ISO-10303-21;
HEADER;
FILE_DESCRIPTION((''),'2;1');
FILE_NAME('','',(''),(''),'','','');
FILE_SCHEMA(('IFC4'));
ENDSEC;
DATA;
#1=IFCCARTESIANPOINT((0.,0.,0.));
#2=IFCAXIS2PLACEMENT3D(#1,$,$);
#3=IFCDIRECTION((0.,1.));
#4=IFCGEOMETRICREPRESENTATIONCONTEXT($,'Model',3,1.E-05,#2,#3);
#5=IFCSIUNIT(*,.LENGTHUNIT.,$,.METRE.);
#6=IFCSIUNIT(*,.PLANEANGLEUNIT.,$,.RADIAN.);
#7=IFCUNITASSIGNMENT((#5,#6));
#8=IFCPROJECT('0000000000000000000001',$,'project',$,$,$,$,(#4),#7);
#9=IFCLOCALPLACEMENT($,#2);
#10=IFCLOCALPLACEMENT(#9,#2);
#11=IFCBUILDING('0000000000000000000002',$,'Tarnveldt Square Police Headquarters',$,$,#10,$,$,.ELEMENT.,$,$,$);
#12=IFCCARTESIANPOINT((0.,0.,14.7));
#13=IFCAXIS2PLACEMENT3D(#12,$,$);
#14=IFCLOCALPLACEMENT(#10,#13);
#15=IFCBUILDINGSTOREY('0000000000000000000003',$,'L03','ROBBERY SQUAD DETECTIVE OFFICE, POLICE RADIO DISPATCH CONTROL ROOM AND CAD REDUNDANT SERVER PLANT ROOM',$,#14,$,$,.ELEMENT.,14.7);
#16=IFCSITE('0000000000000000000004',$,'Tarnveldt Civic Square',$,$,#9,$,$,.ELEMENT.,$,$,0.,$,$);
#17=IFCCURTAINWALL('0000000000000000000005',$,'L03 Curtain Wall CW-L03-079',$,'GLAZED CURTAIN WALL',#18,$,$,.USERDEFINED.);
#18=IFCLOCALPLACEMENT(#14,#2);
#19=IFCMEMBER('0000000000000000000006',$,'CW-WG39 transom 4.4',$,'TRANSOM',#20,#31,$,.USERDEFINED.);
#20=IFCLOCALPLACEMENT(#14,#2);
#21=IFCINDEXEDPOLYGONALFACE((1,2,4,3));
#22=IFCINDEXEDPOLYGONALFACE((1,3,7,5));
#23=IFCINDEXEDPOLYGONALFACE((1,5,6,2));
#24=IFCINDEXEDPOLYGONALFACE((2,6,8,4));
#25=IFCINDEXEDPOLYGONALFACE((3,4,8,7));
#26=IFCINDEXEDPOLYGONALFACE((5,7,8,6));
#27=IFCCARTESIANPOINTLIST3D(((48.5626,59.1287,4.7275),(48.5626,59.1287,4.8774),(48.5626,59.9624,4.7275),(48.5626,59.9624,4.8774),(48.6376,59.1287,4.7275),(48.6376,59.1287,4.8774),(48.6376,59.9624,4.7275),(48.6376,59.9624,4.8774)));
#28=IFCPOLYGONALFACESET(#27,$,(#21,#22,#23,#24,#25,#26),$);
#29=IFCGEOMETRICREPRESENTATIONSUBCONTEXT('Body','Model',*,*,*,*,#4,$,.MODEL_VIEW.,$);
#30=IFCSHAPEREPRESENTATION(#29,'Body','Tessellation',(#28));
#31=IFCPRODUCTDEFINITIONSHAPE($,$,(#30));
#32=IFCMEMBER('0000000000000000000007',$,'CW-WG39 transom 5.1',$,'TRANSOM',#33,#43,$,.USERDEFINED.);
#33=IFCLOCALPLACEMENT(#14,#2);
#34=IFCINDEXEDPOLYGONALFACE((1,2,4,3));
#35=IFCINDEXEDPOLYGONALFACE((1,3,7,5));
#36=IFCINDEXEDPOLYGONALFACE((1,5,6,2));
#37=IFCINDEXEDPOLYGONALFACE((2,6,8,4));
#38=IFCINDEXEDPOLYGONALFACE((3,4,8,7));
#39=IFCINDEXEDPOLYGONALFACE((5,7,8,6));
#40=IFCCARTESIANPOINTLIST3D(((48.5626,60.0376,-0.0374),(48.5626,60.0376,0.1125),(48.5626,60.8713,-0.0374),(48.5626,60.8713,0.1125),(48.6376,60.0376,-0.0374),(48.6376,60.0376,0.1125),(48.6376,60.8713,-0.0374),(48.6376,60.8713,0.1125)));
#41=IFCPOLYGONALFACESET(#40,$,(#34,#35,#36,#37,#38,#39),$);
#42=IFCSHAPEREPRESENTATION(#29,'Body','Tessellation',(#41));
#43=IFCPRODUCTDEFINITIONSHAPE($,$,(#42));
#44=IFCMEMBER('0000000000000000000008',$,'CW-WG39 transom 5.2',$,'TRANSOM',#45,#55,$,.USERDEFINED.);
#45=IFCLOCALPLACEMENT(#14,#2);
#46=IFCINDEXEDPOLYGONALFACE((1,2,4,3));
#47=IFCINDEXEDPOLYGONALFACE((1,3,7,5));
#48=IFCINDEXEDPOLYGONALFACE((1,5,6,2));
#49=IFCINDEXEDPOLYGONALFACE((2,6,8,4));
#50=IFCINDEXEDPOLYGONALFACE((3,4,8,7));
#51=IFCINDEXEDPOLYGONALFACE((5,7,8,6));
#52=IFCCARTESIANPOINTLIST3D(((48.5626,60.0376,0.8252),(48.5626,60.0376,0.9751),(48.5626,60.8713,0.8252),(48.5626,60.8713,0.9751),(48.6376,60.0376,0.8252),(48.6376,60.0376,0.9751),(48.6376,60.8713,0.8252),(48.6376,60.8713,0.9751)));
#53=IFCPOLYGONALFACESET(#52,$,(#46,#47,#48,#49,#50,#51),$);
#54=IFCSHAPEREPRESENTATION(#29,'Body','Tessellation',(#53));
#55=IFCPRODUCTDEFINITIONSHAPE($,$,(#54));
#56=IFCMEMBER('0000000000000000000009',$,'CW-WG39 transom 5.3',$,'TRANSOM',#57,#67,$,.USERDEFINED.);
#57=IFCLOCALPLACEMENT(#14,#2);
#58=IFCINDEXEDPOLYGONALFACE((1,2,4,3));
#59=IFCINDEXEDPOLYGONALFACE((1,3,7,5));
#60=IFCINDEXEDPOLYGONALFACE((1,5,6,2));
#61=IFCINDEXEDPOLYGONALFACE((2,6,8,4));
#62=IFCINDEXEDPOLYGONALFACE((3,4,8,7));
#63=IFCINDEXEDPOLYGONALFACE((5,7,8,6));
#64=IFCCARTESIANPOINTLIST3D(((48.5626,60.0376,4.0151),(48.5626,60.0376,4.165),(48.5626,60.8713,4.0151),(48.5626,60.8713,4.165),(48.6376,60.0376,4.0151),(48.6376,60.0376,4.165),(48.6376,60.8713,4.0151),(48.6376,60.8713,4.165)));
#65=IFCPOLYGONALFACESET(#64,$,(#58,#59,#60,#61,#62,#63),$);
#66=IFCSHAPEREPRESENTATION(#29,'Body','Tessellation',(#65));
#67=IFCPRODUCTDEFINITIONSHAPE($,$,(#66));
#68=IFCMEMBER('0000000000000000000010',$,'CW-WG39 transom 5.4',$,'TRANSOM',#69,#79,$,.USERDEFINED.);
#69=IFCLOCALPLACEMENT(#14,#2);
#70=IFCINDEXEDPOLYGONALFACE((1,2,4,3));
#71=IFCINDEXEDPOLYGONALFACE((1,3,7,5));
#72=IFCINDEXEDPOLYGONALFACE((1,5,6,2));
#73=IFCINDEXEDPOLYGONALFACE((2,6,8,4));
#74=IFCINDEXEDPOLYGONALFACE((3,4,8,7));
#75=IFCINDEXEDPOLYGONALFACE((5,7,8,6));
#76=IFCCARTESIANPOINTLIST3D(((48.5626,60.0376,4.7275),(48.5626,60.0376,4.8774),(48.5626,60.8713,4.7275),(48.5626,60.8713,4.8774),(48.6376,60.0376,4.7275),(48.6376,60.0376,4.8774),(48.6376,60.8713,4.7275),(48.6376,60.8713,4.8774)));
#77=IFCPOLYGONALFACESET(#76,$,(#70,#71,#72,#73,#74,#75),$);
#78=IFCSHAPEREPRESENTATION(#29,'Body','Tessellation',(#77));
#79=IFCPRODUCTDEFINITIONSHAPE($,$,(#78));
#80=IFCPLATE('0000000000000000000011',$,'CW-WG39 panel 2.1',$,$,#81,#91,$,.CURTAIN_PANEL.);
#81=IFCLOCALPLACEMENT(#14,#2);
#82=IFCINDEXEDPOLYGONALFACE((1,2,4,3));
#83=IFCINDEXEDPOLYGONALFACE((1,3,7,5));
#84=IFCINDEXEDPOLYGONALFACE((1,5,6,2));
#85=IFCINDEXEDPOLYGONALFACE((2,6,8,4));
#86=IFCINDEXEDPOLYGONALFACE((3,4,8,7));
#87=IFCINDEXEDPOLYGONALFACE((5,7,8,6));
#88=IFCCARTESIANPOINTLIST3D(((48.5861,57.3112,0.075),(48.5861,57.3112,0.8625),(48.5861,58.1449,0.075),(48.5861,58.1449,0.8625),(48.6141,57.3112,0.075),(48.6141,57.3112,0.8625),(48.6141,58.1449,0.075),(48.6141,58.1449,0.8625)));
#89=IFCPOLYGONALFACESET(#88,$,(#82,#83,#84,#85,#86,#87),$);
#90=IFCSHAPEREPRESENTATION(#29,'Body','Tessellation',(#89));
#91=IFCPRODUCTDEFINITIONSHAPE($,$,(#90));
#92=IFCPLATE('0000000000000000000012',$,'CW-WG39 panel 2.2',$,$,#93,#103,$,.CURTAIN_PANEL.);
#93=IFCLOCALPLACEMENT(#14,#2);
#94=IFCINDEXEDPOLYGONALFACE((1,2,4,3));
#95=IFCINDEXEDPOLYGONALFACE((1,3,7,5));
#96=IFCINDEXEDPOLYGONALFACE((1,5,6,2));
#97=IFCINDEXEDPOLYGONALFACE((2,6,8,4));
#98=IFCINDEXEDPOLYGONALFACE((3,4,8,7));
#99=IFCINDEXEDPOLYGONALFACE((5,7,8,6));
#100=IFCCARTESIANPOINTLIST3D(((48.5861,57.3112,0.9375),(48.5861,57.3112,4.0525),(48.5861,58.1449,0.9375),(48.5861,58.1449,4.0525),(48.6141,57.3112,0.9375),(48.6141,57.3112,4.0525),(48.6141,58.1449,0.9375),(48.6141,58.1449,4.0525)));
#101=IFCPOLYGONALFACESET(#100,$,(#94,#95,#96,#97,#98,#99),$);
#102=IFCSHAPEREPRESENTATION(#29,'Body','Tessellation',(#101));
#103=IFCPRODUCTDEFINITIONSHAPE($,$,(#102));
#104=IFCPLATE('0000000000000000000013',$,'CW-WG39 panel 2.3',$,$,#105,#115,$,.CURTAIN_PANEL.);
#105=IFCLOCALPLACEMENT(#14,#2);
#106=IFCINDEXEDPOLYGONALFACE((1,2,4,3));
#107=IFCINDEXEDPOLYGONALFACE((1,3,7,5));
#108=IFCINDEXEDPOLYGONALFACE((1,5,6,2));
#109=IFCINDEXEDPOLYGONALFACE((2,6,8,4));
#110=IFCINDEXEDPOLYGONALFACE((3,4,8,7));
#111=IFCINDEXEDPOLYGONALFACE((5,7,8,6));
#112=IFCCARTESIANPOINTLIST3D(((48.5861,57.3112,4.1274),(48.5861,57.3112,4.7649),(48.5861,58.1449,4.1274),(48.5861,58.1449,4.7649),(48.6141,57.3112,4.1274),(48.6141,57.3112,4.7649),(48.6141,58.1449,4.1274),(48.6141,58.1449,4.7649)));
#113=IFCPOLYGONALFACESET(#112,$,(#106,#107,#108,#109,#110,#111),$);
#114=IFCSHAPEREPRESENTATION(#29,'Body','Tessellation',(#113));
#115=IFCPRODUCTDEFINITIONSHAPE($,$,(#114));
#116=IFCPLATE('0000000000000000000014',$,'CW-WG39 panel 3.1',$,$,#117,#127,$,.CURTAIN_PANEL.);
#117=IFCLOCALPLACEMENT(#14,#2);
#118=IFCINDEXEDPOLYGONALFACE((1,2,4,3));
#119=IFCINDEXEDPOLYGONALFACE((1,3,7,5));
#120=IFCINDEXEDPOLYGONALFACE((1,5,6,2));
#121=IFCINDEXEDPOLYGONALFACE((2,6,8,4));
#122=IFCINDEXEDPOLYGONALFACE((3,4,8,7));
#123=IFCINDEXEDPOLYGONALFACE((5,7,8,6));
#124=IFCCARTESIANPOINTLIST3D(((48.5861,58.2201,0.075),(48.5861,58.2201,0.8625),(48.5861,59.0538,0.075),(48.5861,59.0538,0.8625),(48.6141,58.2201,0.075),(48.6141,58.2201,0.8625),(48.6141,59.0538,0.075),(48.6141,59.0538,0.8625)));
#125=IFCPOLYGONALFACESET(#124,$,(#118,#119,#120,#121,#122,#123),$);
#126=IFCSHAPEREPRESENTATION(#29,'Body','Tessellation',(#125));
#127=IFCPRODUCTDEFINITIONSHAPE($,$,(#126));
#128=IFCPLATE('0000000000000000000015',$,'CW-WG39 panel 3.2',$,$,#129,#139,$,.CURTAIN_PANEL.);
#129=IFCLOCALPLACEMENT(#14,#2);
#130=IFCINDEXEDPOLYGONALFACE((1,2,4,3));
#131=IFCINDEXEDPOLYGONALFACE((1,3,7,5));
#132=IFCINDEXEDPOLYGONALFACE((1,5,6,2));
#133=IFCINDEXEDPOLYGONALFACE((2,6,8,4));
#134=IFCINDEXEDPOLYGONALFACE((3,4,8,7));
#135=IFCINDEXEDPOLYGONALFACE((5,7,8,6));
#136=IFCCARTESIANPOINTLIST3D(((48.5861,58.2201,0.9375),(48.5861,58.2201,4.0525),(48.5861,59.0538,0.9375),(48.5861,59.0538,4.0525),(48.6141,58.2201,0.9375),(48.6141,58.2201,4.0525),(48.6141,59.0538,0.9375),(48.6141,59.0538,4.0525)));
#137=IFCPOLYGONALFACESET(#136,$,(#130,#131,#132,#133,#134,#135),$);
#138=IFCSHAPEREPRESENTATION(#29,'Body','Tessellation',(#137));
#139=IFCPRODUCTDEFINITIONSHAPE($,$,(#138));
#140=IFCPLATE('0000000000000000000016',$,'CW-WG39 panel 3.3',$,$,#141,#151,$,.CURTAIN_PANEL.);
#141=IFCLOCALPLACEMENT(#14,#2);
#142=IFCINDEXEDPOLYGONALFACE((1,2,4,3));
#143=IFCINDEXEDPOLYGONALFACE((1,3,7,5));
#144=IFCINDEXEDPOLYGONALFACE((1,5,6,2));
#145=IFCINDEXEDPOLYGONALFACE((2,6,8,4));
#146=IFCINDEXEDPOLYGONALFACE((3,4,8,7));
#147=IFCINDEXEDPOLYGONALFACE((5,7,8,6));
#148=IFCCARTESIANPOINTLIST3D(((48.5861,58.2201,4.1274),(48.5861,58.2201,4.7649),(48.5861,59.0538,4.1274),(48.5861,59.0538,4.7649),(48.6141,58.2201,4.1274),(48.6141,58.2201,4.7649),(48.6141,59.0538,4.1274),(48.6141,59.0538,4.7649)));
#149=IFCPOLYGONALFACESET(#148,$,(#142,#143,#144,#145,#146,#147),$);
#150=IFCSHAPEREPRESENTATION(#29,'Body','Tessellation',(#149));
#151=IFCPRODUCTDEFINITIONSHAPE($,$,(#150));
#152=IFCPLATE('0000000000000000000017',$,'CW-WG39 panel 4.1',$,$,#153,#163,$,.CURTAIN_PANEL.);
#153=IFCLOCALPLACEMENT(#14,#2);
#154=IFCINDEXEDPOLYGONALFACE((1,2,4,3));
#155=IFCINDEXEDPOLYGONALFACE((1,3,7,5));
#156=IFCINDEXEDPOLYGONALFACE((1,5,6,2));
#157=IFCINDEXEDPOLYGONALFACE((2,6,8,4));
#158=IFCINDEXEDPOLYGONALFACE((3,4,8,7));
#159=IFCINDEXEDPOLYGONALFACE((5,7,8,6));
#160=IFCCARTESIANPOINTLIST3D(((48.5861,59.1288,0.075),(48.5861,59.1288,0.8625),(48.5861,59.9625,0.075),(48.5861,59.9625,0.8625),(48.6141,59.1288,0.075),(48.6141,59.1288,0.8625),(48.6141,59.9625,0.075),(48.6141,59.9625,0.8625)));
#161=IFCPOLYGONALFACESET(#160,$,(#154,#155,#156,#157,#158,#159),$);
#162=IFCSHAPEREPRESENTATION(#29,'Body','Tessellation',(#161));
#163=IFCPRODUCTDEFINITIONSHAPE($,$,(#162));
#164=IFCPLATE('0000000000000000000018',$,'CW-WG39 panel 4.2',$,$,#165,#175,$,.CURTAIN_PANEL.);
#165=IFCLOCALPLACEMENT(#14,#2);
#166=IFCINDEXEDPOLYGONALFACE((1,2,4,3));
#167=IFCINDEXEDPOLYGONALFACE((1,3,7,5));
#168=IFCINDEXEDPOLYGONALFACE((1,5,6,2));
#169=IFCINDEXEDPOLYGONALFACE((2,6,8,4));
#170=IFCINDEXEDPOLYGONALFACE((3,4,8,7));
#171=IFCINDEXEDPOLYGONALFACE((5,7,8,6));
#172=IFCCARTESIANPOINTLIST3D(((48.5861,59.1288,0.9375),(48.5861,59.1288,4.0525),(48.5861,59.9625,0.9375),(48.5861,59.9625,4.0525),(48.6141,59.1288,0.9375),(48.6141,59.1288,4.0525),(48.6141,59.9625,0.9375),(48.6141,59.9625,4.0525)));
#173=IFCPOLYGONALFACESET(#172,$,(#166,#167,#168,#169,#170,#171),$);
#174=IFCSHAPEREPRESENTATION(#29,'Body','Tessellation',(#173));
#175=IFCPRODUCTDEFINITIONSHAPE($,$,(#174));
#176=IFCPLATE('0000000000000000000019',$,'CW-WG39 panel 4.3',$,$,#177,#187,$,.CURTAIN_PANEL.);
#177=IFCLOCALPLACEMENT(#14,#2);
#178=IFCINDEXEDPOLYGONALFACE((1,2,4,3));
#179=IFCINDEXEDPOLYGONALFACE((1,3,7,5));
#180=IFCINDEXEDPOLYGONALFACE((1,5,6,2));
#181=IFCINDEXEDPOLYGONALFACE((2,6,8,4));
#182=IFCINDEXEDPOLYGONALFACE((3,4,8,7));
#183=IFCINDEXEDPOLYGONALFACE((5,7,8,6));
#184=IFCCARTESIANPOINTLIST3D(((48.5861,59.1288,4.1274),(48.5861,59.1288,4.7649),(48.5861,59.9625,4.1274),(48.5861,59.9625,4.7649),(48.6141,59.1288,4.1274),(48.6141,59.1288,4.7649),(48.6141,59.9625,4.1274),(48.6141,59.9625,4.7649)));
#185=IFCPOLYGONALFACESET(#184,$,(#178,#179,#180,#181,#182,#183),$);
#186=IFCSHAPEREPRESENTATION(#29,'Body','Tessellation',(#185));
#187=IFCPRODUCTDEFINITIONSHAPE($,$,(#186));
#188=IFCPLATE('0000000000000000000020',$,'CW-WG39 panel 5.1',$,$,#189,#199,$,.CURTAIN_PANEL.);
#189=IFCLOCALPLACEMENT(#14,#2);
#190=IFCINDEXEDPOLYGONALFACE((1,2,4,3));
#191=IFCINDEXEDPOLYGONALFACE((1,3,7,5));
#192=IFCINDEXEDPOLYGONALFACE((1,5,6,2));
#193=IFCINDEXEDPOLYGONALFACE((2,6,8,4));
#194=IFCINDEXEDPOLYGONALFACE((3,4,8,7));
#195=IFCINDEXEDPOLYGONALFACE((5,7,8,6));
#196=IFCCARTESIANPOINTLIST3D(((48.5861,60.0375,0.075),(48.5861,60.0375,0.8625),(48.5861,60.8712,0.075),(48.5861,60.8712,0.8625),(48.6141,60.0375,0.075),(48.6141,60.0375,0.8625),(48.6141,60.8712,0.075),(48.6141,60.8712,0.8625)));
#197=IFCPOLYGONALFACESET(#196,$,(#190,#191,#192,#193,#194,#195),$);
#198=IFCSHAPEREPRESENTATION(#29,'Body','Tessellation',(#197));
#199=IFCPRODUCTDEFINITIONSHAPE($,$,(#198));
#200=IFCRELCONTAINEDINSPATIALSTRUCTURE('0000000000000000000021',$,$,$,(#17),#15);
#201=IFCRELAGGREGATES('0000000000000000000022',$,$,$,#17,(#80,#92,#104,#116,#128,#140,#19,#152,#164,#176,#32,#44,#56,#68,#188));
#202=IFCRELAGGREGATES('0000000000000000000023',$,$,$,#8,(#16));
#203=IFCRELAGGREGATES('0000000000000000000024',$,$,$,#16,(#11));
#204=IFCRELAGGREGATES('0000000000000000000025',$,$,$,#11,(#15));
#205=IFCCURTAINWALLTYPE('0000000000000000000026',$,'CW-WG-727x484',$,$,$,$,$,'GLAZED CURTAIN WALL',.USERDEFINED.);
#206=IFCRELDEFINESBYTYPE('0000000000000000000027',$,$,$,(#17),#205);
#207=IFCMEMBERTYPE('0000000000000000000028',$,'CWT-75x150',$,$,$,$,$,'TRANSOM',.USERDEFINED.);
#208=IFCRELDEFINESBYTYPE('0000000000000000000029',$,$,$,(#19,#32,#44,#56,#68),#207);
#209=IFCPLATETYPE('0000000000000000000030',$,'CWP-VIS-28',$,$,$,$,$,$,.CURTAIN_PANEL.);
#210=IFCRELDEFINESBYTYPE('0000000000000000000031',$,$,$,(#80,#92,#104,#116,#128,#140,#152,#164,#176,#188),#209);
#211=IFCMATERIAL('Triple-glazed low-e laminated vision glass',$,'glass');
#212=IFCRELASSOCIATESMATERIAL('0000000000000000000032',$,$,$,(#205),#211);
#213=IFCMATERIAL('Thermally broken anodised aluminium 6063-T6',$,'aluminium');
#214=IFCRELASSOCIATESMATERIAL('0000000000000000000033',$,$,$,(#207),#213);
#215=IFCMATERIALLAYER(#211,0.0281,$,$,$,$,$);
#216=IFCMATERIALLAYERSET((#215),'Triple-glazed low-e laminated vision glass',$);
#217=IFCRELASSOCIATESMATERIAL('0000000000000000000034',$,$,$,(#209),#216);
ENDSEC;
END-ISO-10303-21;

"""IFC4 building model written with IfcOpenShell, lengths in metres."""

from ifc_helpers import new_model, si_unit, direction, frame, origin, origin_2d, place, context, subcontext, project, spatial, rectangle, extrude, material, layer, layer_set, material_profile, profile_set, type_object, element, aggregate, save


model = new_model("IFC4")

# Units and contexts
model_context = context("Model", 3, precision=1e-05, world=origin(), true_north=direction((0.0, 1.0)))
body_context = subcontext(model_context, "Body", "Model", "MODEL_VIEW")
ifc_project = project(units=[si_unit("LENGTHUNIT", "METRE"), si_unit("PLANEANGLEUNIT", "RADIAN")], contexts=[model_context])

# Site, building, storey
site_placement = place(None, origin())
site = spatial("IfcSite", under=ifc_project, at=site_placement, Name="Tarnveldt Civic Square", CompositionType="ELEMENT", RefElevation=0.0)
building_placement = place(site_placement, origin())
building = spatial("IfcBuilding", under=site, at=building_placement, Name="Tarnveldt Square Police Headquarters", CompositionType="ELEMENT")
storey_placement = place(building_placement, frame((0.0, 0.0, 14.7)))
storey = spatial("IfcBuildingStorey", under=building, at=storey_placement, Name="L03", Description="ROBBERY SQUAD DETECTIVE OFFICE, POLICE RADIO DISPATCH CONTROL ROOM AND CAD REDUNDANT SERVER PLANT ROOM", CompositionType="ELEMENT", Elevation=14.7)

# Curtain wall, members, plates
ifc_material_1 = material(Name="Triple-glazed low-e laminated vision glass", Category="glass")
curtain_wall_type = type_object("IfcCurtainWallType", Name="CW-WG-727x484", ElementType="GLAZED CURTAIN WALL", PredefinedType="USERDEFINED", material=ifc_material_1)
curtain_wall_placement = place(storey_placement, origin())
curtain_wall = element("IfcCurtainWall", 1, at=curtain_wall_placement, inside=storey, type_object=curtain_wall_type, Name="L03 Curtain Wall CW-L03-079", ObjectType="GLAZED CURTAIN WALL", PredefinedType="USERDEFINED")
ifc_material_2 = material(Name="Thermally broken anodised aluminium 6063-T6", Category="aluminium")
ifc_material_profile_1 = material_profile(ifc_material_2, rectangle(XDim=0.075, YDim=0.1499, at=origin_2d()), Name="CW-T75x150")
ifc_profile_set_1 = profile_set([ifc_material_profile_1], Name="Thermally broken anodised aluminium 6063-T6")
member_type_1 = type_object("IfcMemberType", Name="CWT-75x150", ElementType="TRANSOM", PredefinedType="USERDEFINED", material=ifc_profile_set_1)
member_1_placement = place(storey_placement, frame((48.6001, 59.1287, 4.8025), z_axis=(0.0, 1.0, 0.0), x_axis=(-1.0, 0.0, 0.0)))
member_1 = element("IfcMember", 2, at=member_1_placement, type_object=member_type_1, Name="CW-WG39 transom 4.4", ObjectType="TRANSOM", PredefinedType="USERDEFINED", context=body_context, shape_type="SweptSolid", body=[
    extrude(rectangle(XDim=0.075, YDim=0.1499, at=origin_2d()), origin(), (0.0, 0.0, 1.0), 0.8337),
])
member_2_placement = place(storey_placement, frame((48.6001, 60.0376, 0.0376), z_axis=(0.0, 1.0, 0.0), x_axis=(-1.0, 0.0, 0.0)))
member_2 = element("IfcMember", 3, at=member_2_placement, type_object=member_type_1, Name="CW-WG39 transom 5.1", ObjectType="TRANSOM", PredefinedType="USERDEFINED", context=body_context, shape_type="SweptSolid", body=[
    extrude(rectangle(XDim=0.075, YDim=0.1499, at=origin_2d()), origin(), (0.0, 0.0, 1.0), 0.8337),
])
member_3_placement = place(storey_placement, frame((48.6001, 60.0376, 0.9001), z_axis=(0.0, 1.0, 0.0), x_axis=(-1.0, 0.0, 0.0)))
member_3 = element("IfcMember", 4, at=member_3_placement, type_object=member_type_1, Name="CW-WG39 transom 5.2", ObjectType="TRANSOM", PredefinedType="USERDEFINED", context=body_context, shape_type="SweptSolid", body=[
    extrude(rectangle(XDim=0.075, YDim=0.1499, at=origin_2d()), origin(), (0.0, 0.0, 1.0), 0.8337),
])
member_4_placement = place(storey_placement, frame((48.6001, 60.0376, 4.0901), z_axis=(0.0, 1.0, 0.0), x_axis=(-1.0, 0.0, 0.0)))
member_4 = element("IfcMember", 5, at=member_4_placement, type_object=member_type_1, Name="CW-WG39 transom 5.3", ObjectType="TRANSOM", PredefinedType="USERDEFINED", context=body_context, shape_type="SweptSolid", body=[
    extrude(rectangle(XDim=0.075, YDim=0.1499, at=origin_2d()), origin(), (0.0, 0.0, 1.0), 0.8337),
])
member_5_placement = place(storey_placement, frame((48.6001, 60.0376, 4.8025), z_axis=(0.0, 1.0, 0.0), x_axis=(-1.0, 0.0, 0.0)))
member_5 = element("IfcMember", 6, at=member_5_placement, type_object=member_type_1, Name="CW-WG39 transom 5.4", ObjectType="TRANSOM", PredefinedType="USERDEFINED", context=body_context, shape_type="SweptSolid", body=[
    extrude(rectangle(XDim=0.075, YDim=0.1499, at=origin_2d()), origin(), (0.0, 0.0, 1.0), 0.8337),
])
ifc_layer = layer(ifc_material_1, 0.0281)
ifc_layer_set = layer_set([ifc_layer], Name="Triple-glazed low-e laminated vision glass")
plate_type = type_object("IfcPlateType", Name="CWP-VIS-28", PredefinedType="CURTAIN_PANEL", material=ifc_layer_set)
plate_1_placement = place(storey_placement, frame((48.6001, 57.728, 0.075), z_axis=(0.0, 0.0, 1.0), x_axis=(0.0, 1.0, 0.0)))
plate_1 = element("IfcPlate", 7, at=plate_1_placement, type_object=plate_type, Name="CW-WG39 panel 2.1", PredefinedType="CURTAIN_PANEL", context=body_context, shape_type="SweptSolid", body=[
    extrude(rectangle(XDim=0.8337, YDim=0.0281, at=origin_2d()), origin(), (0.0, 0.0, 1.0), 0.7876),
])
plate_2_placement = place(storey_placement, frame((48.6001, 57.728, 0.9375), z_axis=(0.0, 0.0, 1.0), x_axis=(0.0, 1.0, 0.0)))
plate_2 = element("IfcPlate", 8, at=plate_2_placement, type_object=plate_type, Name="CW-WG39 panel 2.2", PredefinedType="CURTAIN_PANEL", context=body_context, shape_type="SweptSolid", body=[
    extrude(rectangle(XDim=0.8337, YDim=0.0281, at=origin_2d()), origin(), (0.0, 0.0, 1.0), 3.115),
])
plate_3_placement = place(storey_placement, frame((48.6001, 57.728, 4.1274), z_axis=(0.0, 0.0, 1.0), x_axis=(0.0, 1.0, 0.0)))
plate_3 = element("IfcPlate", 9, at=plate_3_placement, type_object=plate_type, Name="CW-WG39 panel 2.3", PredefinedType="CURTAIN_PANEL", context=body_context, shape_type="SweptSolid", body=[
    extrude(rectangle(XDim=0.8337, YDim=0.0281, at=origin_2d()), origin(), (0.0, 0.0, 1.0), 0.6375),
])
plate_4_placement = place(storey_placement, frame((48.6001, 58.637, 0.075), z_axis=(0.0, 0.0, 1.0), x_axis=(0.0, 1.0, 0.0)))
plate_4 = element("IfcPlate", 10, at=plate_4_placement, type_object=plate_type, Name="CW-WG39 panel 3.1", PredefinedType="CURTAIN_PANEL", context=body_context, shape_type="SweptSolid", body=[
    extrude(rectangle(XDim=0.8337, YDim=0.0281, at=origin_2d()), origin(), (0.0, 0.0, 1.0), 0.7876),
])
plate_5_placement = place(storey_placement, frame((48.6001, 58.637, 0.9375), z_axis=(0.0, 0.0, 1.0), x_axis=(0.0, 1.0, 0.0)))
plate_5 = element("IfcPlate", 11, at=plate_5_placement, type_object=plate_type, Name="CW-WG39 panel 3.2", PredefinedType="CURTAIN_PANEL", context=body_context, shape_type="SweptSolid", body=[
    extrude(rectangle(XDim=0.8337, YDim=0.0281, at=origin_2d()), origin(), (0.0, 0.0, 1.0), 3.115),
])
plate_6_placement = place(storey_placement, frame((48.6001, 58.637, 4.1274), z_axis=(0.0, 0.0, 1.0), x_axis=(0.0, 1.0, 0.0)))
plate_6 = element("IfcPlate", 12, at=plate_6_placement, type_object=plate_type, Name="CW-WG39 panel 3.3", PredefinedType="CURTAIN_PANEL", context=body_context, shape_type="SweptSolid", body=[
    extrude(rectangle(XDim=0.8337, YDim=0.0281, at=origin_2d()), origin(), (0.0, 0.0, 1.0), 0.6375),
])
plate_7_placement = place(storey_placement, frame((48.6001, 59.5457, 0.075), z_axis=(0.0, 0.0, 1.0), x_axis=(0.0, 1.0, 0.0)))
plate_7 = element("IfcPlate", 13, at=plate_7_placement, type_object=plate_type, Name="CW-WG39 panel 4.1", PredefinedType="CURTAIN_PANEL", context=body_context, shape_type="SweptSolid", body=[
    extrude(rectangle(XDim=0.8337, YDim=0.0281, at=origin_2d()), origin(), (0.0, 0.0, 1.0), 0.7876),
])
plate_8_placement = place(storey_placement, frame((48.6001, 59.5457, 0.9375), z_axis=(0.0, 0.0, 1.0), x_axis=(0.0, 1.0, 0.0)))
plate_8 = element("IfcPlate", 14, at=plate_8_placement, type_object=plate_type, Name="CW-WG39 panel 4.2", PredefinedType="CURTAIN_PANEL", context=body_context, shape_type="SweptSolid", body=[
    extrude(rectangle(XDim=0.8337, YDim=0.0281, at=origin_2d()), origin(), (0.0, 0.0, 1.0), 3.115),
])
plate_9_placement = place(storey_placement, frame((48.6001, 59.5457, 4.1274), z_axis=(0.0, 0.0, 1.0), x_axis=(0.0, 1.0, 0.0)))
plate_9 = element("IfcPlate", 15, at=plate_9_placement, type_object=plate_type, Name="CW-WG39 panel 4.3", PredefinedType="CURTAIN_PANEL", context=body_context, shape_type="SweptSolid", body=[
    extrude(rectangle(XDim=0.8337, YDim=0.0281, at=origin_2d()), origin(), (0.0, 0.0, 1.0), 0.6375),
])
plate_10_placement = place(storey_placement, frame((48.6001, 60.4543, 0.075), z_axis=(0.0, 0.0, 1.0), x_axis=(0.0, 1.0, 0.0)))
plate_10 = element("IfcPlate", 16, at=plate_10_placement, type_object=plate_type, Name="CW-WG39 panel 5.1", PredefinedType="CURTAIN_PANEL", context=body_context, shape_type="SweptSolid", body=[
    extrude(rectangle(XDim=0.8337, YDim=0.0281, at=origin_2d()), origin(), (0.0, 0.0, 1.0), 0.7876),
])
aggregate(curtain_wall, [plate_1, plate_2, plate_3, plate_4, plate_5, plate_6, member_1, plate_7, plate_8, plate_9, member_2, member_3, member_4, member_5, plate_10])

save(model, "model.ifc")
